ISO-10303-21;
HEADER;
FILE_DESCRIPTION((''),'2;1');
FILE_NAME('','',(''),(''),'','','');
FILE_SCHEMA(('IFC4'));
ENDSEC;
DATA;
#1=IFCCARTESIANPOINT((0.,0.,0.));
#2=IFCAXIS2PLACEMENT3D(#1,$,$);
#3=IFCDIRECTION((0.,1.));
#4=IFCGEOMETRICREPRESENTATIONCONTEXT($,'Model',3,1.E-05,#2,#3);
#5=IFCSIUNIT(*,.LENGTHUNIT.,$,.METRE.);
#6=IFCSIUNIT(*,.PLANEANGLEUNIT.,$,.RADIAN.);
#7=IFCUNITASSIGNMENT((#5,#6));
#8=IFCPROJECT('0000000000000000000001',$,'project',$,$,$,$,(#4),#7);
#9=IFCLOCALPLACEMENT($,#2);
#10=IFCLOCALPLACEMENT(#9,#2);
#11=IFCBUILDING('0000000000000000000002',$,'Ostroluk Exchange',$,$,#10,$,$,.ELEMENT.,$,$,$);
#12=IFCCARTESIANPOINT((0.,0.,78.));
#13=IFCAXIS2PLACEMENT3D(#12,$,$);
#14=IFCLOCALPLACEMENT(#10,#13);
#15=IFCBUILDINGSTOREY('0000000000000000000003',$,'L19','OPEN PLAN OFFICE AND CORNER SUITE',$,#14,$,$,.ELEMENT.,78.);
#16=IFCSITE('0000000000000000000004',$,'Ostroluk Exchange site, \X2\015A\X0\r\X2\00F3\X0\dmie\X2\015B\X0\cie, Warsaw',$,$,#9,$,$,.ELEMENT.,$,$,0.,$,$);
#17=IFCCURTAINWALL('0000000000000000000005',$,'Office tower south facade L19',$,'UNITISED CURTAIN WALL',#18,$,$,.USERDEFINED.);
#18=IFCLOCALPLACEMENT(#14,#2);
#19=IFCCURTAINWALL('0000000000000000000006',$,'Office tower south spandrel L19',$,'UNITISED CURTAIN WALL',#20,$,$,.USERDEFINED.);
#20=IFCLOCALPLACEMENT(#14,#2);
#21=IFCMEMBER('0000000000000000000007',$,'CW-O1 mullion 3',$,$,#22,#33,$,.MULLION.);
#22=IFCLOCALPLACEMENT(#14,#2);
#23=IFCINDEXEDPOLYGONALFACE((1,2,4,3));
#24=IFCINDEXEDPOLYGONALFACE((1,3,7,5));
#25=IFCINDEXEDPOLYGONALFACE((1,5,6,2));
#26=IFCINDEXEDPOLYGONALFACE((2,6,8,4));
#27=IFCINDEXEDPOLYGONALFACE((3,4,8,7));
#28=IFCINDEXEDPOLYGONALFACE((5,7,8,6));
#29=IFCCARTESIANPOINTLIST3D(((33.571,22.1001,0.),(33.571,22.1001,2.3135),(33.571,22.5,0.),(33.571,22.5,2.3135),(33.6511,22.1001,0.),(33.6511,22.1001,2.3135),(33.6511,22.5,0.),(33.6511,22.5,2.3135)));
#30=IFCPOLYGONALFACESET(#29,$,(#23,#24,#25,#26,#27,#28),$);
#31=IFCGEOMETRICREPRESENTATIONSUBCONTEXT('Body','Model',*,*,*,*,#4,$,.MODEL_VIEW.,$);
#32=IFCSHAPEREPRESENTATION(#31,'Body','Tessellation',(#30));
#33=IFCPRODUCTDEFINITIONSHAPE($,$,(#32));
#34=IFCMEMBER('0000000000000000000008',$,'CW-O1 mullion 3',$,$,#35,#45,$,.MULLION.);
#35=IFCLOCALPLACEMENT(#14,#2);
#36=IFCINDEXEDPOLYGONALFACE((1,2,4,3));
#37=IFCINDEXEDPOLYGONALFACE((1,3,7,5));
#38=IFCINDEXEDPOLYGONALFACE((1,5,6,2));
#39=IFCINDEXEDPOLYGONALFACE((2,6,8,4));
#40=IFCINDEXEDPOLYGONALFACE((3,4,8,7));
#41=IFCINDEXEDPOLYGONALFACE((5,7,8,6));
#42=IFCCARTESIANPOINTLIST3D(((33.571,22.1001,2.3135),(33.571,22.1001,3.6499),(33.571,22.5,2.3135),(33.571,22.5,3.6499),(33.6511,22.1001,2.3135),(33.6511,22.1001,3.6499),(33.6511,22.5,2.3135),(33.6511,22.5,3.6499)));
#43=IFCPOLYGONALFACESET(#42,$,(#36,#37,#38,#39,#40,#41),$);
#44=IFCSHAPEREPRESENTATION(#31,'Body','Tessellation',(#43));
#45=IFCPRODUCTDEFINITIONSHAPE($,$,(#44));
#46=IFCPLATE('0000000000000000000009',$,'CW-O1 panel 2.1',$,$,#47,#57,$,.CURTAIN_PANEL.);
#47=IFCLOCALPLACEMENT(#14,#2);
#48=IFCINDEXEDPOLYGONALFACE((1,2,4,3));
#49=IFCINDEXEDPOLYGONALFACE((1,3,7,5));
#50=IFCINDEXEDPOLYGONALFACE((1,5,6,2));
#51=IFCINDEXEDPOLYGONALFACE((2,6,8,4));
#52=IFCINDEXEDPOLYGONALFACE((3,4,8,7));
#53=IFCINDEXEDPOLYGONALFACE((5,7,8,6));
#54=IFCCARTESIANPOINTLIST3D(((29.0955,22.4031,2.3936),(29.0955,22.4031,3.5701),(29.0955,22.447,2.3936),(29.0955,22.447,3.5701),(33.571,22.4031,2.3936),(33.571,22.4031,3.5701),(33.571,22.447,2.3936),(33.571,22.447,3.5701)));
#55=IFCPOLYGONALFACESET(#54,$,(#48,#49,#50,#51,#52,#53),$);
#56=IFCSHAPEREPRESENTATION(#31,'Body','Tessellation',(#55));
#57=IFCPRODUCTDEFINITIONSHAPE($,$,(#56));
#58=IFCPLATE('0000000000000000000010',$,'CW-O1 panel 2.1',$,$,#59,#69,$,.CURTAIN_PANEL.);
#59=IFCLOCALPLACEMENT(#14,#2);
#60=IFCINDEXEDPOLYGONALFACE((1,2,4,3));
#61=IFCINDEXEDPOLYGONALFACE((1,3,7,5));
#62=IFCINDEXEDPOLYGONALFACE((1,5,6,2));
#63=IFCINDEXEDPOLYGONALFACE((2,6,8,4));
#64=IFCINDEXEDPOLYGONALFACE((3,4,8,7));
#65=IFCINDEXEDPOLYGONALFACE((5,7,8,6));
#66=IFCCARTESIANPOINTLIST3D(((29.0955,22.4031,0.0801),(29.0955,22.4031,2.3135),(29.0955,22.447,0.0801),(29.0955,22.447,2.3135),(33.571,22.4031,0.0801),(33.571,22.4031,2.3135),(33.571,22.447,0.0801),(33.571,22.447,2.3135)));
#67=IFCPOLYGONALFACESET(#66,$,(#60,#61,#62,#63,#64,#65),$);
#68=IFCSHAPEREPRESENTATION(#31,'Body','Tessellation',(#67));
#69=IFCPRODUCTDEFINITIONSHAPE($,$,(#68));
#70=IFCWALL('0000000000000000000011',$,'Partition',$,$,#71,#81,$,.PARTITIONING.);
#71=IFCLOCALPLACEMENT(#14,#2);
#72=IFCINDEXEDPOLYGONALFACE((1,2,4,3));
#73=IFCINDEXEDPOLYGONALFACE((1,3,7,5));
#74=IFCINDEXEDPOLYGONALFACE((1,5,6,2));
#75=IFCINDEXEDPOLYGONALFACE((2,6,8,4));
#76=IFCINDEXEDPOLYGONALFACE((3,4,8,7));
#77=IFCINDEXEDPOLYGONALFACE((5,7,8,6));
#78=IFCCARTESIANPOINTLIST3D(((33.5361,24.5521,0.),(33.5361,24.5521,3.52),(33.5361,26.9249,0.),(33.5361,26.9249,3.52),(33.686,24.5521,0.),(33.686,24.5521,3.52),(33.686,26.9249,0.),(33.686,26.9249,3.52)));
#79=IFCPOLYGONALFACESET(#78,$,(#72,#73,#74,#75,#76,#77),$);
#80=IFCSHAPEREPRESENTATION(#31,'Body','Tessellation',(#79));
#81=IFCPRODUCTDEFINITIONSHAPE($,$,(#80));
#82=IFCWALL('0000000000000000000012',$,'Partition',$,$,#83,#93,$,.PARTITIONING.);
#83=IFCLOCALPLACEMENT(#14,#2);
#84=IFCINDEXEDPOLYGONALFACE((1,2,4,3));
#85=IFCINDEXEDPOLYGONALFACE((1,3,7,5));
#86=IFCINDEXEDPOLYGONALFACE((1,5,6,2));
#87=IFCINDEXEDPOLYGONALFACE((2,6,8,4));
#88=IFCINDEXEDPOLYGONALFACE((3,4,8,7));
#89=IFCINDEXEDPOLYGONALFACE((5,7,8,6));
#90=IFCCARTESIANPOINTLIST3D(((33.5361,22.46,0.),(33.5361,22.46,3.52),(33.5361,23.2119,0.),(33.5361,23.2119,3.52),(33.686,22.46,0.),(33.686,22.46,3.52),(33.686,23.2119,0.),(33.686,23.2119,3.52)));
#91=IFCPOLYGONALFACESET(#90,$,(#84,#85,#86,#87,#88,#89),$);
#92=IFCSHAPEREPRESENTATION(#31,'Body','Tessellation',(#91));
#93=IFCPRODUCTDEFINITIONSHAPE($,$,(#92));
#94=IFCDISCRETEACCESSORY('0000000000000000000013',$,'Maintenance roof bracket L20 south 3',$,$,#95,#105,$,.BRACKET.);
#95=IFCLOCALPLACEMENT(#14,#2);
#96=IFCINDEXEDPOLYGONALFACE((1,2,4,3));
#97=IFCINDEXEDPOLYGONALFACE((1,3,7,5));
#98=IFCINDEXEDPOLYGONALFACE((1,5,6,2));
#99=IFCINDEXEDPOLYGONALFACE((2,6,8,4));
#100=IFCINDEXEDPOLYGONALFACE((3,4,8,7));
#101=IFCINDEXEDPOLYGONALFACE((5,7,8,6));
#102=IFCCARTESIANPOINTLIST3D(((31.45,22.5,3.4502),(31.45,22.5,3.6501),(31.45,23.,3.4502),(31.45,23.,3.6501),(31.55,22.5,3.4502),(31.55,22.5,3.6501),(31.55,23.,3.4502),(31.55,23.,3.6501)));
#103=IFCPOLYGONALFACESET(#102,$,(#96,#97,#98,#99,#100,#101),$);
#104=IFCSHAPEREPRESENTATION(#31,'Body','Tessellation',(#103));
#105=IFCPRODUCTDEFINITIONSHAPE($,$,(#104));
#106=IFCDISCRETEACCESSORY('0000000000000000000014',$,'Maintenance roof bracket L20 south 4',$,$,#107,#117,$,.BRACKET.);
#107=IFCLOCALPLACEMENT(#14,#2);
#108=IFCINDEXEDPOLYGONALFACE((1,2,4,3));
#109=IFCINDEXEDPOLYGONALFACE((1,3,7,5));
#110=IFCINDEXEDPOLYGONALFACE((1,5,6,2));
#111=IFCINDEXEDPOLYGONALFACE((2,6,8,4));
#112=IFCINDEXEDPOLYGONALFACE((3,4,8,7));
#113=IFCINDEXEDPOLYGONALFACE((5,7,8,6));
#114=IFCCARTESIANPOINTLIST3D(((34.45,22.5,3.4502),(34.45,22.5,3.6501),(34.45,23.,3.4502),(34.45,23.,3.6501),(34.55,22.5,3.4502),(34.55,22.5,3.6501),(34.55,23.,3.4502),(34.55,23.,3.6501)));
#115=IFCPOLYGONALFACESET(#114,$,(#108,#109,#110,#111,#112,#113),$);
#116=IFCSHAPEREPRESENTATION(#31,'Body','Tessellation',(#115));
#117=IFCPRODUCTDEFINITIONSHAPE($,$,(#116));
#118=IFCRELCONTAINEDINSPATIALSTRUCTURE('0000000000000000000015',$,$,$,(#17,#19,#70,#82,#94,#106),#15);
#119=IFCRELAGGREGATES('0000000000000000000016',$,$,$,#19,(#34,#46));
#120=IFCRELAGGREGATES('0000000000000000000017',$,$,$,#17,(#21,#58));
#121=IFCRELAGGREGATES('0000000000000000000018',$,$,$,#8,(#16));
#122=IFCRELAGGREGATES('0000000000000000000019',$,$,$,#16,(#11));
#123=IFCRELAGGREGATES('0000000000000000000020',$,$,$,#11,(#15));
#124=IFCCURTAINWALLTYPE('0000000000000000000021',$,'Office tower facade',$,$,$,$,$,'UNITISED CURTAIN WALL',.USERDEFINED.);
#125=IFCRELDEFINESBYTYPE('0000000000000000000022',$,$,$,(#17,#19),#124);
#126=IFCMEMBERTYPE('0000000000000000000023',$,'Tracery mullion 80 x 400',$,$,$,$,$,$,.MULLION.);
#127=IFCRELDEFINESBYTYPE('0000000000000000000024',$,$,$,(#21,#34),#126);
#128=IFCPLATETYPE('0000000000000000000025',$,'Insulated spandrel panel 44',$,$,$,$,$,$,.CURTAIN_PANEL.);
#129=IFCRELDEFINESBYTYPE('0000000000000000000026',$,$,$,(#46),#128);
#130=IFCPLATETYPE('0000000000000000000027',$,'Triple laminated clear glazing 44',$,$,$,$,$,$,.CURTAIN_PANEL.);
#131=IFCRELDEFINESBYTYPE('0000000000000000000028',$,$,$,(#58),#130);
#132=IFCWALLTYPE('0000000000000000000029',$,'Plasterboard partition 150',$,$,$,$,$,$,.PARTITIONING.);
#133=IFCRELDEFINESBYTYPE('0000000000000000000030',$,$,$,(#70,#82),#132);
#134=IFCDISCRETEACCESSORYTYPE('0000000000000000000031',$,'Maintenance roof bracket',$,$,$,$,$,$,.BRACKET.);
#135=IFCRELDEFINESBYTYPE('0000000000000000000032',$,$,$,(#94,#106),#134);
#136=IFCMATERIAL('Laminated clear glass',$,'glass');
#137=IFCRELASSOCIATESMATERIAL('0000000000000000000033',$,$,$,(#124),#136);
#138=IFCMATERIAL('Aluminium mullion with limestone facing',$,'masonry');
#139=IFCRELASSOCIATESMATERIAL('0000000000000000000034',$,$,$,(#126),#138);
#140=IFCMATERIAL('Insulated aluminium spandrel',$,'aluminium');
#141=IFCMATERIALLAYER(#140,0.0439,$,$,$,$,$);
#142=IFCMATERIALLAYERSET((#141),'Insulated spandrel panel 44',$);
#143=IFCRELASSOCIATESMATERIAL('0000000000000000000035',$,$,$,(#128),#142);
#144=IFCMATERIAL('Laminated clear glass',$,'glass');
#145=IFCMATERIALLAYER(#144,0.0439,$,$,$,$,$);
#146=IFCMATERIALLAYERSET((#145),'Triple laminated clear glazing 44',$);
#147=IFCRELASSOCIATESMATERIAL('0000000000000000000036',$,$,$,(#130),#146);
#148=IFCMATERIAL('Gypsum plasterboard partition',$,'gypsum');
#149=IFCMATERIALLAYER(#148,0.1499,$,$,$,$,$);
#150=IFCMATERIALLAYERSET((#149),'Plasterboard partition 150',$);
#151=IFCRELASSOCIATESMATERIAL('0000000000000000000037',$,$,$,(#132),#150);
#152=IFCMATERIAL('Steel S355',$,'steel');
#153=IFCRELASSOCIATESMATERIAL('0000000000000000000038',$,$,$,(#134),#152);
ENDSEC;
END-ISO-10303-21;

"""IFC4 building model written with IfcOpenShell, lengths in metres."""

from ifc_helpers import new_model, si_unit, direction, frame, frame_2d, origin, origin_2d, place, context, subcontext, project, spatial, rectangle, extrude, material, layer, layer_set, material_profile, profile_set, type_object, element, aggregate, save


model = new_model("IFC4")

# Units and contexts
model_context = context("Model", 3, precision=1e-05, world=origin(), true_north=direction((0.0, 1.0)))
body_context = subcontext(model_context, "Body", "Model", "MODEL_VIEW")
ifc_project = project(units=[si_unit("LENGTHUNIT", "METRE"), si_unit("PLANEANGLEUNIT", "RADIAN")], contexts=[model_context])

# Site, building, storey
site_placement = place(None, origin())
site = spatial("IfcSite", under=ifc_project, at=site_placement, Name="Ostroluk Exchange site, Śródmieście, Warsaw", CompositionType="ELEMENT", RefElevation=0.0)
building_placement = place(site_placement, origin())
building = spatial("IfcBuilding", under=site, at=building_placement, Name="Ostroluk Exchange", CompositionType="ELEMENT")
storey_placement = place(building_placement, frame((0.0, 0.0, 78.0)))
storey = spatial("IfcBuildingStorey", under=building, at=storey_placement, Name="L19", Description="OPEN PLAN OFFICE AND CORNER SUITE", CompositionType="ELEMENT", Elevation=78.0)

# Curtain wall
ifc_material_1 = material(Name="Laminated clear glass", Category="glass")
curtain_wall_type = type_object("IfcCurtainWallType", Name="Office tower facade", ElementType="UNITISED CURTAIN WALL", PredefinedType="USERDEFINED", material=ifc_material_1)
curtain_wall_1_placement = place(storey_placement, origin())
curtain_wall_1 = element("IfcCurtainWall", 1, at=curtain_wall_1_placement, inside=storey, type_object=curtain_wall_type, Name="Office tower south facade L19", ObjectType="UNITISED CURTAIN WALL", PredefinedType="USERDEFINED")

# Curtain wall
curtain_wall_2_placement = place(storey_placement, origin())
curtain_wall_2 = element("IfcCurtainWall", 2, at=curtain_wall_2_placement, inside=storey, type_object=curtain_wall_type, Name="Office tower south spandrel L19", ObjectType="UNITISED CURTAIN WALL", PredefinedType="USERDEFINED")

# Members
ifc_material_2 = material(Name="Aluminium mullion with limestone facing", Category="masonry")
ifc_material_profile_1 = material_profile(ifc_material_2, rectangle(XDim=0.3999, YDim=0.0801, at=origin_2d()), Name="Tracery mullion 80 x 400")
ifc_profile_set_1 = profile_set([ifc_material_profile_1], Name="Aluminium mullion with limestone facing")
member_type_1 = type_object("IfcMemberType", Name="Tracery mullion 80 x 400", PredefinedType="MULLION", material=ifc_profile_set_1)
member_1_placement = place(storey_placement, frame((33.6111, 22.3, 0.0), z_axis=(0.0, 0.0, 1.0), x_axis=(0.0, 1.0, 0.0)))
member_1 = element("IfcMember", 3, at=member_1_placement, type_object=member_type_1, Name="CW-O1 mullion 3", PredefinedType="MULLION", context=body_context, shape_type="SweptSolid", body=[
    extrude(rectangle(XDim=0.3999, YDim=0.0801, at=origin_2d()), origin(), (0.0, 0.0, 1.0), 2.3135),
])
member_2_placement = place(storey_placement, frame((33.6111, 22.3, 2.3135), z_axis=(0.0, 0.0, 1.0), x_axis=(0.0, 1.0, 0.0)))
member_2 = element("IfcMember", 4, at=member_2_placement, type_object=member_type_1, Name="CW-O1 mullion 3", PredefinedType="MULLION", context=body_context, shape_type="SweptSolid", body=[
    extrude(rectangle(XDim=0.3999, YDim=0.0801, at=origin_2d()), origin(), (0.0, 0.0, 1.0), 1.3364),
])

# Plates
ifc_material_3 = material(Name="Insulated aluminium spandrel", Category="aluminium")
ifc_layer_1 = layer(ifc_material_3, 0.0439)
ifc_layer_set_1 = layer_set([ifc_layer_1], Name="Insulated spandrel panel 44")
plate_type_1 = type_object("IfcPlateType", Name="Insulated spandrel panel 44", PredefinedType="CURTAIN_PANEL", material=ifc_layer_set_1)
plate_1_placement = place(storey_placement, frame((31.3333, 22.425, 2.3936), z_axis=(0.0, 0.0, 1.0), x_axis=(1.0, 0.0, 0.0)))
plate_1 = element("IfcPlate", 5, at=plate_1_placement, type_object=plate_type_1, Name="CW-O1 panel 2.1", PredefinedType="CURTAIN_PANEL", context=body_context, shape_type="SweptSolid", body=[
    extrude(rectangle(XDim=4.4756, YDim=0.0439, at=origin_2d()), origin(), (0.0, 0.0, 1.0), 1.1765),
])
aggregate(curtain_wall_2, [member_2, plate_1])
ifc_material_4 = material(Name="Laminated clear glass", Category="glass")
ifc_layer_2 = layer(ifc_material_4, 0.0439)
ifc_layer_set_2 = layer_set([ifc_layer_2], Name="Triple laminated clear glazing 44")
plate_type_2 = type_object("IfcPlateType", Name="Triple laminated clear glazing 44", PredefinedType="CURTAIN_PANEL", material=ifc_layer_set_2)
plate_2_placement = place(storey_placement, frame((31.3333, 22.425, 0.0801), z_axis=(0.0, 0.0, 1.0), x_axis=(1.0, 0.0, 0.0)))
plate_2 = element("IfcPlate", 6, at=plate_2_placement, type_object=plate_type_2, Name="CW-O1 panel 2.1", PredefinedType="CURTAIN_PANEL", context=body_context, shape_type="SweptSolid", body=[
    extrude(rectangle(XDim=4.4756, YDim=0.0439, at=origin_2d()), origin(), (0.0, 0.0, 1.0), 2.2334),
])
aggregate(curtain_wall_1, [member_1, plate_2])

# Walls
ifc_material_5 = material(Name="Gypsum plasterboard partition", Category="gypsum")
ifc_layer_3 = layer(ifc_material_5, 0.1499)
ifc_layer_set_3 = layer_set([ifc_layer_3], Name="Plasterboard partition 150")
wall_type = type_object("IfcWallType", Name="Plasterboard partition 150", PredefinedType="PARTITIONING", material=ifc_layer_set_3)
wall_1_placement = place(storey_placement, frame((33.6111, 26.925, 0.0), z_axis=(0.0, 0.0, 1.0), x_axis=(0.0, -1.0, 0.0)))
element("IfcWall", 7, at=wall_1_placement, inside=storey, type_object=wall_type, Name="Partition", PredefinedType="PARTITIONING", context=body_context, shape_type="SweptSolid", body=[
    extrude(rectangle(XDim=2.3728, YDim=0.1499, at=frame_2d((1.1865, 0.0))), origin(), (0.0, 0.0, 1.0), 3.52),
])
wall_2_placement = place(storey_placement, frame((33.6111, 23.2119, 0.0), z_axis=(0.0, 0.0, 1.0), x_axis=(0.0, -1.0, 0.0)))
element("IfcWall", 8, at=wall_2_placement, inside=storey, type_object=wall_type, Name="Partition", PredefinedType="PARTITIONING", context=body_context, shape_type="SweptSolid", body=[
    extrude(rectangle(XDim=0.752, YDim=0.1499, at=frame_2d((0.376, 0.0))), origin(), (0.0, 0.0, 1.0), 3.52),
])

# Discrete accessories
ifc_material_6 = material(Name="Steel S355", Category="steel")
discrete_accessory_type = type_object("IfcDiscreteAccessoryType", Name="Maintenance roof bracket", PredefinedType="BRACKET", material=ifc_material_6)
for number, where, z_axis, x_axis, name in (
    (9, (31.5, 22.75, 3.4502), (0.0, 0.0, 1.0), (1.0, 0.0, 0.0), "Maintenance roof bracket L20 south 3"),
    (10, (34.5, 22.75, 3.4502), (0.0, 0.0, 1.0), (1.0, 0.0, 0.0), "Maintenance roof bracket L20 south 4"),
):
    element("IfcDiscreteAccessory", number, at=place(storey_placement, frame(where, z_axis=z_axis, x_axis=x_axis)), inside=storey, type_object=discrete_accessory_type, Name=name, PredefinedType="BRACKET", context=body_context, shape_type="SweptSolid", body=[
        extrude(rectangle(XDim=0.1001, YDim=0.5, at=origin_2d()), origin(), (0.0, 0.0, 1.0), 0.2),
    ])

save(model, "model.ifc")
